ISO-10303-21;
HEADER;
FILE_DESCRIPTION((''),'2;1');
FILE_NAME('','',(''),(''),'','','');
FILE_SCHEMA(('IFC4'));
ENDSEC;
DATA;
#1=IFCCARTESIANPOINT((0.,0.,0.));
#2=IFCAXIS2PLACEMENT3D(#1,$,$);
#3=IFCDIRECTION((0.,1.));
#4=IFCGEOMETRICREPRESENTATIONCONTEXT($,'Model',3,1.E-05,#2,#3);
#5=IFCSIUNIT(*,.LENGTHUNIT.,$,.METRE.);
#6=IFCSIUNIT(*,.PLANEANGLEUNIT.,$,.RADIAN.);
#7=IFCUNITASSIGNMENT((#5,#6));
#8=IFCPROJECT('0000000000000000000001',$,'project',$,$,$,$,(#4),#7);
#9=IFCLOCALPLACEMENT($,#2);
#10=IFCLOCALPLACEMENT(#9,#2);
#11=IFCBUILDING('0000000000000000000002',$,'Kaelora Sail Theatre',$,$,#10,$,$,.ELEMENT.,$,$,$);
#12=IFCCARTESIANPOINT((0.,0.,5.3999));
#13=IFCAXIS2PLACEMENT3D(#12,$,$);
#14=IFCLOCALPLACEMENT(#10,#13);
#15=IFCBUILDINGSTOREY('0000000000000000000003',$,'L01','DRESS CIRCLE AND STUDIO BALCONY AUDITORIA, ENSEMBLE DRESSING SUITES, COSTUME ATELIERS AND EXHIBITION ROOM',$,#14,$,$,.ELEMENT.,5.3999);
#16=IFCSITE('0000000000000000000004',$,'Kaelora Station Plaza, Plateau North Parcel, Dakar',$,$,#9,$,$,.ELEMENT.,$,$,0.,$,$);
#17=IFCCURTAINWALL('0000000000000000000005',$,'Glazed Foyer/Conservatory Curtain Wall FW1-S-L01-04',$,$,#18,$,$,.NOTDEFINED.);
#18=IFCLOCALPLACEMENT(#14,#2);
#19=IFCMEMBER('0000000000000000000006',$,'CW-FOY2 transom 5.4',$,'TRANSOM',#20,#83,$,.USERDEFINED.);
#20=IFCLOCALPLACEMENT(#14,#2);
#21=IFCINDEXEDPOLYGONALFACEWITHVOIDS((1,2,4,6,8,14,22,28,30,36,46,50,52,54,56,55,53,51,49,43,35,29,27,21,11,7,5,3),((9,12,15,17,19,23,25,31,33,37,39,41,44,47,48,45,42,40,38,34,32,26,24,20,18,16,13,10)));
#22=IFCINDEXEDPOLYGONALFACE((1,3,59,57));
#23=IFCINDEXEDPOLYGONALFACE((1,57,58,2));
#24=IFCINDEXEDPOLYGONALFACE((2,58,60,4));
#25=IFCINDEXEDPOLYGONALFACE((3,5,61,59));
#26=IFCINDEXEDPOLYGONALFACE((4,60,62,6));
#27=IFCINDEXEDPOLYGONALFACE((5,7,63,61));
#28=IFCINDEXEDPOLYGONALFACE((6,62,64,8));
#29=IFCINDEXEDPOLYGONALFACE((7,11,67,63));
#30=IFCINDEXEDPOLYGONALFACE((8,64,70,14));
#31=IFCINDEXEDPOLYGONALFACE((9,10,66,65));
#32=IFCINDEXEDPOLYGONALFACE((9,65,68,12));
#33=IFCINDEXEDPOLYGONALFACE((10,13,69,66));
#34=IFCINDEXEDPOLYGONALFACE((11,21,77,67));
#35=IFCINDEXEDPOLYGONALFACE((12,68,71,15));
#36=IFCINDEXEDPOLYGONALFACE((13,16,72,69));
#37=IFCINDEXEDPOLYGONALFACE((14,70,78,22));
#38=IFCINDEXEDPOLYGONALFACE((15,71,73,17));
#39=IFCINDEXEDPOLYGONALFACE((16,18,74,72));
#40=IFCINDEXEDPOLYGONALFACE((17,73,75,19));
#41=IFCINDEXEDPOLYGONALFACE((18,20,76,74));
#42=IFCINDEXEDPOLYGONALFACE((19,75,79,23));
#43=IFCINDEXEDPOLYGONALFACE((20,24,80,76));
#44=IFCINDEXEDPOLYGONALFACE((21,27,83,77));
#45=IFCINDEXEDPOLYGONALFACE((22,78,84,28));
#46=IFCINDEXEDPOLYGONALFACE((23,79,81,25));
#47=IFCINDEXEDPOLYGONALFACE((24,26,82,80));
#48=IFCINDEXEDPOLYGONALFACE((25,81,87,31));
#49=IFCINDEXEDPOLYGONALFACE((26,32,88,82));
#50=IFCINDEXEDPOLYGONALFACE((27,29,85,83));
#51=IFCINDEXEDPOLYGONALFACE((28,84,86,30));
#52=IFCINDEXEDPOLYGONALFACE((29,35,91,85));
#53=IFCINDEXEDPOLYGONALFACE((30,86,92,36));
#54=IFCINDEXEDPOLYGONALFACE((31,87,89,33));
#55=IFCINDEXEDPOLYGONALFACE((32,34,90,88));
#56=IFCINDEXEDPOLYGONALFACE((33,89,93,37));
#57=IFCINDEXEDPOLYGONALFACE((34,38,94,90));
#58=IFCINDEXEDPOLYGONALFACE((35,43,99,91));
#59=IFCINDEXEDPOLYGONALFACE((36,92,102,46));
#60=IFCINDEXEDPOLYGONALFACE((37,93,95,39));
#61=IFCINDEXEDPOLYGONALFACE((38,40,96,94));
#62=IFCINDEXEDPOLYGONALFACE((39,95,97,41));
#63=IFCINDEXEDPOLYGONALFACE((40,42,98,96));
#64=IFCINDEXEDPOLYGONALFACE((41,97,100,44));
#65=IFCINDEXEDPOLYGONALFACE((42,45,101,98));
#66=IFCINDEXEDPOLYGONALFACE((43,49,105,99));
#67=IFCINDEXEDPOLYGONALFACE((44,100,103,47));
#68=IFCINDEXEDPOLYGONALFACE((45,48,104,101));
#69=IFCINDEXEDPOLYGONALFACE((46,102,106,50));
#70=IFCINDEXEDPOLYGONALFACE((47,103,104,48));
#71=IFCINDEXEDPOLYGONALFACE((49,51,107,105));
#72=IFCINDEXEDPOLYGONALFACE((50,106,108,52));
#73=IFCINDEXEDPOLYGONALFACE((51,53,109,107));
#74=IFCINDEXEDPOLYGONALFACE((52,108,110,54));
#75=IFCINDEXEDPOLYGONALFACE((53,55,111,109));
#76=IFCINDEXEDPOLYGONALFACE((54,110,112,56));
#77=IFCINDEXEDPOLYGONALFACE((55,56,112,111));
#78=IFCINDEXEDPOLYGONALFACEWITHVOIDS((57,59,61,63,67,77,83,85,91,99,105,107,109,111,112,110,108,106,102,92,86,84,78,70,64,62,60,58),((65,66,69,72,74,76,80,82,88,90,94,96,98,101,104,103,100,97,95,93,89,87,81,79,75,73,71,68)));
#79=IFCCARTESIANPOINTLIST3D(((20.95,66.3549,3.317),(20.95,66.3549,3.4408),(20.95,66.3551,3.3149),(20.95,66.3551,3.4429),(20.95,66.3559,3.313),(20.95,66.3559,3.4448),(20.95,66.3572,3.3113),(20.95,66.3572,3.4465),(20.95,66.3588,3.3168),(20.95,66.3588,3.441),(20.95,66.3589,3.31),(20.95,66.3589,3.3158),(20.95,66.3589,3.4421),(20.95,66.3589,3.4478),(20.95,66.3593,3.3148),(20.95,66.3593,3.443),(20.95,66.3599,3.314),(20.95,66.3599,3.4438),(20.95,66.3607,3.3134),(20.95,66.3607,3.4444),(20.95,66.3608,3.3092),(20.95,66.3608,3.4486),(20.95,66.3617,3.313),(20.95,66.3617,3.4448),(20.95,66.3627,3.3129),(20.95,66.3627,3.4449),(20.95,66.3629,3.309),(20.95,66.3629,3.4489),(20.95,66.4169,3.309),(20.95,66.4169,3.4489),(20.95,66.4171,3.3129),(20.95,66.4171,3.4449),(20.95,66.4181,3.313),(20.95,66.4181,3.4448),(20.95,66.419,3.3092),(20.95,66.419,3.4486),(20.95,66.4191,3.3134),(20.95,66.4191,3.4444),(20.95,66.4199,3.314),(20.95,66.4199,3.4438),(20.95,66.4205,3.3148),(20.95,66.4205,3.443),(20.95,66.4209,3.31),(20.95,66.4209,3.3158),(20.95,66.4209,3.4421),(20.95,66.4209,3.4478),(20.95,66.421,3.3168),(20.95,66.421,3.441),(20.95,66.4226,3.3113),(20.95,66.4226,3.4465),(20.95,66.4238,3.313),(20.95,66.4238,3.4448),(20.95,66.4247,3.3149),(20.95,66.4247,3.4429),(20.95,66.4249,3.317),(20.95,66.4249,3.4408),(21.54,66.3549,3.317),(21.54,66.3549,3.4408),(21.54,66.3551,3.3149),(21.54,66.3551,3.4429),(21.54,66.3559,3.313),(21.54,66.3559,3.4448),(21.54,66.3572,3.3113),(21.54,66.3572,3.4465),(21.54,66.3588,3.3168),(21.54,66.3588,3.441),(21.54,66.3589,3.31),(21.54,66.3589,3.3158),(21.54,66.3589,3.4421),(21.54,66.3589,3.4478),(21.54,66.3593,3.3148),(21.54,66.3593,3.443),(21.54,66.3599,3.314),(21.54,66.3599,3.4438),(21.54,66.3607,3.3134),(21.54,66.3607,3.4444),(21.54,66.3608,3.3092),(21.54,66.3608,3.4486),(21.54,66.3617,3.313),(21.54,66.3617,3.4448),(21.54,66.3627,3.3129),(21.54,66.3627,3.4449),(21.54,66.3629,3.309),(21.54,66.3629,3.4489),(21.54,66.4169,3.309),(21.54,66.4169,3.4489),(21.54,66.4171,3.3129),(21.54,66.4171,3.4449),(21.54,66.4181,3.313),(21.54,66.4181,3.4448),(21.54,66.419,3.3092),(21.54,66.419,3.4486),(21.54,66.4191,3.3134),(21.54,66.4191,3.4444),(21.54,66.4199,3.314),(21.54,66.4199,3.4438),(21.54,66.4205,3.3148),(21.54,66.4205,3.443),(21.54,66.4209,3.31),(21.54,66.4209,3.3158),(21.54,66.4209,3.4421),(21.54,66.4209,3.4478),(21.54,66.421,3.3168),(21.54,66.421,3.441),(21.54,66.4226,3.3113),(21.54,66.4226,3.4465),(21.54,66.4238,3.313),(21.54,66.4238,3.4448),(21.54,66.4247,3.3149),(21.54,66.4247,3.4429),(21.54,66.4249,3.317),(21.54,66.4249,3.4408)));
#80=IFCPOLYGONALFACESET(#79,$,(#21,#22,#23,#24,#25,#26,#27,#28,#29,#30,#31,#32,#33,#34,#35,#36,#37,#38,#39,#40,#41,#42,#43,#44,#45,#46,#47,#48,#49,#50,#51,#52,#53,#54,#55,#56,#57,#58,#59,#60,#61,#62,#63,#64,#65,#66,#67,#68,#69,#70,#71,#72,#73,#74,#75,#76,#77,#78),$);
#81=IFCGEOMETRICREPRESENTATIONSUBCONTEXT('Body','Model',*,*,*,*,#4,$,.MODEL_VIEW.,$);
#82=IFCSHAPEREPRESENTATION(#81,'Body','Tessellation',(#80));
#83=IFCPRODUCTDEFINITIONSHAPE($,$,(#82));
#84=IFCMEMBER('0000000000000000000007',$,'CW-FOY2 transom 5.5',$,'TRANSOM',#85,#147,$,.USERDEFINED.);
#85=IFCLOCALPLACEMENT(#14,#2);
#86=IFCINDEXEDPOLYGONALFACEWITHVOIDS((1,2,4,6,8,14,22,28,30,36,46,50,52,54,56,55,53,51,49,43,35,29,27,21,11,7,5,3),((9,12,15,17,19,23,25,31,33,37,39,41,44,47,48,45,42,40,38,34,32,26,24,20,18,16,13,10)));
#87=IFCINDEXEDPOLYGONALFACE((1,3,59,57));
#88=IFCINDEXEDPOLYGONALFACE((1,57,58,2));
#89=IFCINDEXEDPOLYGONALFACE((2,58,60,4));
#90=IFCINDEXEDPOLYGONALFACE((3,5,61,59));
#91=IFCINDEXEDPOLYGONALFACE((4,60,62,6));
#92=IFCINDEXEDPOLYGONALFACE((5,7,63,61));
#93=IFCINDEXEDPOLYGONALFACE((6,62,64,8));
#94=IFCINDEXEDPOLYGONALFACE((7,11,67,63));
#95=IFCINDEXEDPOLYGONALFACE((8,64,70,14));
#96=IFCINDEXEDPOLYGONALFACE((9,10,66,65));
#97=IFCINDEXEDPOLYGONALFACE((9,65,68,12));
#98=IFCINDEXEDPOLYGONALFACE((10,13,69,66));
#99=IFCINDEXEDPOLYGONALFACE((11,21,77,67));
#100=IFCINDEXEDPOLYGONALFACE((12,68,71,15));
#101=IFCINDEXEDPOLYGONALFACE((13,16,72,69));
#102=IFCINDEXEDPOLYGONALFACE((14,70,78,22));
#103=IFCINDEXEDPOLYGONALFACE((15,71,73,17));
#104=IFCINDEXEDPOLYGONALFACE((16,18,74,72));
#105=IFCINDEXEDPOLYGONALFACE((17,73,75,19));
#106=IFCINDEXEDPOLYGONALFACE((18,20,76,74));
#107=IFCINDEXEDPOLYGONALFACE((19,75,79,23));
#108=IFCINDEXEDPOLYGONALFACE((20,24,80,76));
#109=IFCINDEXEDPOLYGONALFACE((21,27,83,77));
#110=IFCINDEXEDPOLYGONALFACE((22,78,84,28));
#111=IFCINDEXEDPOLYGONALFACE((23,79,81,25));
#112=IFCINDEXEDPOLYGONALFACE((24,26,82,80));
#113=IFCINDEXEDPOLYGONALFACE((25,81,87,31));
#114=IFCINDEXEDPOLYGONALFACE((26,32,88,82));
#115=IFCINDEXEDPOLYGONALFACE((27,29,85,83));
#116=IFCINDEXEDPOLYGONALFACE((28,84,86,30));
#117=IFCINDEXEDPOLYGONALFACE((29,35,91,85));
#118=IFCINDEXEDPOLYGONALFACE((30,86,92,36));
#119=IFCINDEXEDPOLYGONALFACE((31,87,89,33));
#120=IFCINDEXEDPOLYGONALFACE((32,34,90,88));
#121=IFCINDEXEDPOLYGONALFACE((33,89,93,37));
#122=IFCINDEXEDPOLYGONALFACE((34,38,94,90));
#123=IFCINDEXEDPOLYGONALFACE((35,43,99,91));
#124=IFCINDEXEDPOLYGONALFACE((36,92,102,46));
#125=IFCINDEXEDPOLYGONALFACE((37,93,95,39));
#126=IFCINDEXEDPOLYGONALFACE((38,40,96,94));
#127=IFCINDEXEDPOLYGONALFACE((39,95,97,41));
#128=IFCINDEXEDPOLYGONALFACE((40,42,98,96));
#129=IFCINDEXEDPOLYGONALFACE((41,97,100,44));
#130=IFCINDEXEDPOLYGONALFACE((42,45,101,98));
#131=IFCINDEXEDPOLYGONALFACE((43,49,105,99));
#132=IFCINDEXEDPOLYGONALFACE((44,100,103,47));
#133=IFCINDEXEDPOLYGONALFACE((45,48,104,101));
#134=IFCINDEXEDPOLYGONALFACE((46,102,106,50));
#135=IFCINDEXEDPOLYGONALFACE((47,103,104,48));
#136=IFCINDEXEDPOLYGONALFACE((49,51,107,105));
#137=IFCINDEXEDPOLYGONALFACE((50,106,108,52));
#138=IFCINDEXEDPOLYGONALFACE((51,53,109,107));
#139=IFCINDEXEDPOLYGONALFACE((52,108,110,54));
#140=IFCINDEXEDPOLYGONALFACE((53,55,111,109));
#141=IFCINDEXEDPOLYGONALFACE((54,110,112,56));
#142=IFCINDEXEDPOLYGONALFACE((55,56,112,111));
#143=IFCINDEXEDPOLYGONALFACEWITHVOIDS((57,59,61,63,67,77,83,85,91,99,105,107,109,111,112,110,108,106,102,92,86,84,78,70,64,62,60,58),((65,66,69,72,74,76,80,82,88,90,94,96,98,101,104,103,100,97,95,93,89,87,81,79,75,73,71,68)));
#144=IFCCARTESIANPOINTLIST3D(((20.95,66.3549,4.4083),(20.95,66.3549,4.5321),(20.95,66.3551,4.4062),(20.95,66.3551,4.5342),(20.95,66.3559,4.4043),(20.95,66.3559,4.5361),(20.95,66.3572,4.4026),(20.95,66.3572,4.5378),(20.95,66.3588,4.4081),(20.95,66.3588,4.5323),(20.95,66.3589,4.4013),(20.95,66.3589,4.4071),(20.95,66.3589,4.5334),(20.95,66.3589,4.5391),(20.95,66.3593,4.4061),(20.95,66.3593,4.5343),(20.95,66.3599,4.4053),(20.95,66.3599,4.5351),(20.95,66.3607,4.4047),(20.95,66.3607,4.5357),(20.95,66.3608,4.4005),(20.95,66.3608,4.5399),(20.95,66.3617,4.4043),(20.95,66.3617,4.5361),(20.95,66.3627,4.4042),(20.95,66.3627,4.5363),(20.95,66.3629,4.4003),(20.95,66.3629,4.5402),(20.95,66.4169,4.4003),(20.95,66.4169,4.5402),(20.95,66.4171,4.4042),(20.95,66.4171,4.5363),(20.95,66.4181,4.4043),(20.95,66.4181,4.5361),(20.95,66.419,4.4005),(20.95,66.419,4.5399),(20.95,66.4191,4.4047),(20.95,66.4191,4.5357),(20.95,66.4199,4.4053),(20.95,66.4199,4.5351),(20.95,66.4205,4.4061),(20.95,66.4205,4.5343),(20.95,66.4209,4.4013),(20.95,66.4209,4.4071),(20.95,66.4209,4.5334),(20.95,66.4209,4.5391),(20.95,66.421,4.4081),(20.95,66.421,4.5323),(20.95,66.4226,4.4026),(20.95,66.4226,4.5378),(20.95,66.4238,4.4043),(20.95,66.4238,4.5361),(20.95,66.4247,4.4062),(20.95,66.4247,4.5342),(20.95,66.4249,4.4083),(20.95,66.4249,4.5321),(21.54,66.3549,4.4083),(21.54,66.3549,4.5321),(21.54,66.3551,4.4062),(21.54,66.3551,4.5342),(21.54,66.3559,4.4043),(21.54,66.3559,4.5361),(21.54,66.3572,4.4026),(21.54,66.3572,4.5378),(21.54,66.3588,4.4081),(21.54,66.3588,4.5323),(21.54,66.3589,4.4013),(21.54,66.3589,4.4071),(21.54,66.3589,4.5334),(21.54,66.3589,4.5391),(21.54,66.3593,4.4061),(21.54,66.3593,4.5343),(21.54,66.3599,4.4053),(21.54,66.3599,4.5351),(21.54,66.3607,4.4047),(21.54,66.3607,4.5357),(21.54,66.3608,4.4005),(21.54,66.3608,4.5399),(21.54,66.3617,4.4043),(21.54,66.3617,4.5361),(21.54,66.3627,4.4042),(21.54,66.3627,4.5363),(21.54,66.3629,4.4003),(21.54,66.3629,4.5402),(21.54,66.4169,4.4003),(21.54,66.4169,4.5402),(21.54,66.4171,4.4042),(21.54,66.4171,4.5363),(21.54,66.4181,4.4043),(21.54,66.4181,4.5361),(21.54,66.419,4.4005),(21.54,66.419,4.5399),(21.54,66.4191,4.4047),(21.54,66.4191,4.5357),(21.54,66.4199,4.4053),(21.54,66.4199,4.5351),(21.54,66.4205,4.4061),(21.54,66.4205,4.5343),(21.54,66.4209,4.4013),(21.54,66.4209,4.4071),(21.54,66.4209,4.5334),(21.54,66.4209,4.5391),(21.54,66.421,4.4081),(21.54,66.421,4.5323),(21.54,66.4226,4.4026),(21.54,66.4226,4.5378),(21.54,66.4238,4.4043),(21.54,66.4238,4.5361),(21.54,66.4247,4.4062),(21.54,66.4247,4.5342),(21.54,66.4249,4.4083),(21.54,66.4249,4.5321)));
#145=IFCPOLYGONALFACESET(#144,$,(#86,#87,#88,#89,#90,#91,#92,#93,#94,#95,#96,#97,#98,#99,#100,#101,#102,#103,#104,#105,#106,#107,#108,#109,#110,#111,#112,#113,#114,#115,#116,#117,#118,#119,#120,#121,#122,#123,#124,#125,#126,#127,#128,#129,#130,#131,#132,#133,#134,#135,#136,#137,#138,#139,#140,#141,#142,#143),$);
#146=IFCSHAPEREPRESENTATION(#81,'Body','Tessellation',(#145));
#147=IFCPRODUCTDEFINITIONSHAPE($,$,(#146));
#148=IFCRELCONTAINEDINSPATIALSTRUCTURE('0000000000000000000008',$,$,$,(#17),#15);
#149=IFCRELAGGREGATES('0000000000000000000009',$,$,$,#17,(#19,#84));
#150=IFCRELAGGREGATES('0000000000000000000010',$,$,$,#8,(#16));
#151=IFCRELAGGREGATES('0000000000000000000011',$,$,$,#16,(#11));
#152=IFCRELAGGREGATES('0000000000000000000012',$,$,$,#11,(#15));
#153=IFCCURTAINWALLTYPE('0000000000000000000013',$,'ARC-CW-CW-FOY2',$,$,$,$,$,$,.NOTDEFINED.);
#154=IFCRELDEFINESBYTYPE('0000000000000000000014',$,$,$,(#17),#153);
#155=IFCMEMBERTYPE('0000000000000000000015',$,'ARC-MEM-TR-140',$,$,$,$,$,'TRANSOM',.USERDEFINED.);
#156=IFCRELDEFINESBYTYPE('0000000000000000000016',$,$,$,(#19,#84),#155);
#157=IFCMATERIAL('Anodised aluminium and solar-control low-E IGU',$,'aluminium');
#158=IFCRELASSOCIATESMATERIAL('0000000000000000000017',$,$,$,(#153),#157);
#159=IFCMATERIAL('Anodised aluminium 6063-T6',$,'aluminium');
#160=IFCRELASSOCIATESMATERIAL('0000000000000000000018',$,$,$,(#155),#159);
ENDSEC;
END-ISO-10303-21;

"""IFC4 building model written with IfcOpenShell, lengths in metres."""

from ifc_helpers import new_model, si_unit, direction, frame, origin, origin_2d, place, context, subcontext, project, spatial, hollow_rectangle, extrude, material, material_profile, profile_set, type_object, element, aggregate, save


model = new_model("IFC4")

# Units and contexts
model_context = context("Model", 3, precision=1e-05, world=origin(), true_north=direction((0.0, 1.0)))
body_context = subcontext(model_context, "Body", "Model", "MODEL_VIEW")
ifc_project = project(units=[si_unit("LENGTHUNIT", "METRE"), si_unit("PLANEANGLEUNIT", "RADIAN")], contexts=[model_context])

# Site, building, storey
site_placement = place(None, origin())
site = spatial("IfcSite", under=ifc_project, at=site_placement, Name="Kaelora Station Plaza, Plateau North Parcel, Dakar", CompositionType="ELEMENT", RefElevation=0.0)
building_placement = place(site_placement, origin())
building = spatial("IfcBuilding", under=site, at=building_placement, Name="Kaelora Sail Theatre", CompositionType="ELEMENT")
storey_placement = place(building_placement, frame((0.0, 0.0, 5.3999)))
storey = spatial("IfcBuildingStorey", under=building, at=storey_placement, Name="L01", Description="DRESS CIRCLE AND STUDIO BALCONY AUDITORIA, ENSEMBLE DRESSING SUITES, COSTUME ATELIERS AND EXHIBITION ROOM", CompositionType="ELEMENT", Elevation=5.3999)

# Curtain wall
ifc_material_1 = material(Name="Anodised aluminium and solar-control low-E IGU", Category="aluminium")
curtain_wall_type = type_object("IfcCurtainWallType", Name="ARC-CW-CW-FOY2", PredefinedType="NOTDEFINED", material=ifc_material_1)
curtain_wall_1_placement = place(storey_placement, origin())
curtain_wall_1 = element("IfcCurtainWall", 1, at=curtain_wall_1_placement, inside=storey, type_object=curtain_wall_type, Name="Glazed Foyer/Conservatory Curtain Wall FW1-S-L01-04", PredefinedType="NOTDEFINED")

# Members
ifc_material_2 = material(Name="Anodised aluminium 6063-T6", Category="aluminium")
ifc_material_profile_1 = material_profile(ifc_material_2, hollow_rectangle(XDim=0.0701, YDim=0.1399, WallThickness=0.0039, InnerFilletRadius=0.0039, OuterFilletRadius=0.0081, at=origin_2d()), Name="ALU-TRAN 70x140x4")
ifc_profile_set_1 = profile_set([ifc_material_profile_1], Name="Anodised aluminium 6063-T6")
member_type_1 = type_object("IfcMemberType", Name="ARC-MEM-TR-140", ElementType="TRANSOM", PredefinedType="USERDEFINED", material=ifc_profile_set_1)
member_1_placement = place(storey_placement, frame((20.95, 66.3899, 3.3789), z_axis=(1.0, 0.0, 0.0), x_axis=(0.0, 1.0, 0.0)))
member_1 = element("IfcMember", 2, at=member_1_placement, type_object=member_type_1, Name="CW-FOY2 transom 5.4", ObjectType="TRANSOM", PredefinedType="USERDEFINED", context=body_context, shape_type="SweptSolid", body=[
    extrude(hollow_rectangle(XDim=0.0701, YDim=0.1399, WallThickness=0.0039, InnerFilletRadius=0.0039, OuterFilletRadius=0.0081, at=origin_2d()), origin(), (0.0, 0.0, 1.0), 0.5901),
])
member_2_placement = place(storey_placement, frame((20.95, 66.3899, 4.4702), z_axis=(1.0, 0.0, 0.0), x_axis=(0.0, 1.0, 0.0)))
member_2 = element("IfcMember", 3, at=member_2_placement, type_object=member_type_1, Name="CW-FOY2 transom 5.5", ObjectType="TRANSOM", PredefinedType="USERDEFINED", context=body_context, shape_type="SweptSolid", body=[
    extrude(hollow_rectangle(XDim=0.0701, YDim=0.1399, WallThickness=0.0039, InnerFilletRadius=0.0039, OuterFilletRadius=0.0081, at=origin_2d()), origin(), (0.0, 0.0, 1.0), 0.5901),
])

aggregate(curtain_wall_1, [member_1, member_2])

save(model, "model.ifc")
